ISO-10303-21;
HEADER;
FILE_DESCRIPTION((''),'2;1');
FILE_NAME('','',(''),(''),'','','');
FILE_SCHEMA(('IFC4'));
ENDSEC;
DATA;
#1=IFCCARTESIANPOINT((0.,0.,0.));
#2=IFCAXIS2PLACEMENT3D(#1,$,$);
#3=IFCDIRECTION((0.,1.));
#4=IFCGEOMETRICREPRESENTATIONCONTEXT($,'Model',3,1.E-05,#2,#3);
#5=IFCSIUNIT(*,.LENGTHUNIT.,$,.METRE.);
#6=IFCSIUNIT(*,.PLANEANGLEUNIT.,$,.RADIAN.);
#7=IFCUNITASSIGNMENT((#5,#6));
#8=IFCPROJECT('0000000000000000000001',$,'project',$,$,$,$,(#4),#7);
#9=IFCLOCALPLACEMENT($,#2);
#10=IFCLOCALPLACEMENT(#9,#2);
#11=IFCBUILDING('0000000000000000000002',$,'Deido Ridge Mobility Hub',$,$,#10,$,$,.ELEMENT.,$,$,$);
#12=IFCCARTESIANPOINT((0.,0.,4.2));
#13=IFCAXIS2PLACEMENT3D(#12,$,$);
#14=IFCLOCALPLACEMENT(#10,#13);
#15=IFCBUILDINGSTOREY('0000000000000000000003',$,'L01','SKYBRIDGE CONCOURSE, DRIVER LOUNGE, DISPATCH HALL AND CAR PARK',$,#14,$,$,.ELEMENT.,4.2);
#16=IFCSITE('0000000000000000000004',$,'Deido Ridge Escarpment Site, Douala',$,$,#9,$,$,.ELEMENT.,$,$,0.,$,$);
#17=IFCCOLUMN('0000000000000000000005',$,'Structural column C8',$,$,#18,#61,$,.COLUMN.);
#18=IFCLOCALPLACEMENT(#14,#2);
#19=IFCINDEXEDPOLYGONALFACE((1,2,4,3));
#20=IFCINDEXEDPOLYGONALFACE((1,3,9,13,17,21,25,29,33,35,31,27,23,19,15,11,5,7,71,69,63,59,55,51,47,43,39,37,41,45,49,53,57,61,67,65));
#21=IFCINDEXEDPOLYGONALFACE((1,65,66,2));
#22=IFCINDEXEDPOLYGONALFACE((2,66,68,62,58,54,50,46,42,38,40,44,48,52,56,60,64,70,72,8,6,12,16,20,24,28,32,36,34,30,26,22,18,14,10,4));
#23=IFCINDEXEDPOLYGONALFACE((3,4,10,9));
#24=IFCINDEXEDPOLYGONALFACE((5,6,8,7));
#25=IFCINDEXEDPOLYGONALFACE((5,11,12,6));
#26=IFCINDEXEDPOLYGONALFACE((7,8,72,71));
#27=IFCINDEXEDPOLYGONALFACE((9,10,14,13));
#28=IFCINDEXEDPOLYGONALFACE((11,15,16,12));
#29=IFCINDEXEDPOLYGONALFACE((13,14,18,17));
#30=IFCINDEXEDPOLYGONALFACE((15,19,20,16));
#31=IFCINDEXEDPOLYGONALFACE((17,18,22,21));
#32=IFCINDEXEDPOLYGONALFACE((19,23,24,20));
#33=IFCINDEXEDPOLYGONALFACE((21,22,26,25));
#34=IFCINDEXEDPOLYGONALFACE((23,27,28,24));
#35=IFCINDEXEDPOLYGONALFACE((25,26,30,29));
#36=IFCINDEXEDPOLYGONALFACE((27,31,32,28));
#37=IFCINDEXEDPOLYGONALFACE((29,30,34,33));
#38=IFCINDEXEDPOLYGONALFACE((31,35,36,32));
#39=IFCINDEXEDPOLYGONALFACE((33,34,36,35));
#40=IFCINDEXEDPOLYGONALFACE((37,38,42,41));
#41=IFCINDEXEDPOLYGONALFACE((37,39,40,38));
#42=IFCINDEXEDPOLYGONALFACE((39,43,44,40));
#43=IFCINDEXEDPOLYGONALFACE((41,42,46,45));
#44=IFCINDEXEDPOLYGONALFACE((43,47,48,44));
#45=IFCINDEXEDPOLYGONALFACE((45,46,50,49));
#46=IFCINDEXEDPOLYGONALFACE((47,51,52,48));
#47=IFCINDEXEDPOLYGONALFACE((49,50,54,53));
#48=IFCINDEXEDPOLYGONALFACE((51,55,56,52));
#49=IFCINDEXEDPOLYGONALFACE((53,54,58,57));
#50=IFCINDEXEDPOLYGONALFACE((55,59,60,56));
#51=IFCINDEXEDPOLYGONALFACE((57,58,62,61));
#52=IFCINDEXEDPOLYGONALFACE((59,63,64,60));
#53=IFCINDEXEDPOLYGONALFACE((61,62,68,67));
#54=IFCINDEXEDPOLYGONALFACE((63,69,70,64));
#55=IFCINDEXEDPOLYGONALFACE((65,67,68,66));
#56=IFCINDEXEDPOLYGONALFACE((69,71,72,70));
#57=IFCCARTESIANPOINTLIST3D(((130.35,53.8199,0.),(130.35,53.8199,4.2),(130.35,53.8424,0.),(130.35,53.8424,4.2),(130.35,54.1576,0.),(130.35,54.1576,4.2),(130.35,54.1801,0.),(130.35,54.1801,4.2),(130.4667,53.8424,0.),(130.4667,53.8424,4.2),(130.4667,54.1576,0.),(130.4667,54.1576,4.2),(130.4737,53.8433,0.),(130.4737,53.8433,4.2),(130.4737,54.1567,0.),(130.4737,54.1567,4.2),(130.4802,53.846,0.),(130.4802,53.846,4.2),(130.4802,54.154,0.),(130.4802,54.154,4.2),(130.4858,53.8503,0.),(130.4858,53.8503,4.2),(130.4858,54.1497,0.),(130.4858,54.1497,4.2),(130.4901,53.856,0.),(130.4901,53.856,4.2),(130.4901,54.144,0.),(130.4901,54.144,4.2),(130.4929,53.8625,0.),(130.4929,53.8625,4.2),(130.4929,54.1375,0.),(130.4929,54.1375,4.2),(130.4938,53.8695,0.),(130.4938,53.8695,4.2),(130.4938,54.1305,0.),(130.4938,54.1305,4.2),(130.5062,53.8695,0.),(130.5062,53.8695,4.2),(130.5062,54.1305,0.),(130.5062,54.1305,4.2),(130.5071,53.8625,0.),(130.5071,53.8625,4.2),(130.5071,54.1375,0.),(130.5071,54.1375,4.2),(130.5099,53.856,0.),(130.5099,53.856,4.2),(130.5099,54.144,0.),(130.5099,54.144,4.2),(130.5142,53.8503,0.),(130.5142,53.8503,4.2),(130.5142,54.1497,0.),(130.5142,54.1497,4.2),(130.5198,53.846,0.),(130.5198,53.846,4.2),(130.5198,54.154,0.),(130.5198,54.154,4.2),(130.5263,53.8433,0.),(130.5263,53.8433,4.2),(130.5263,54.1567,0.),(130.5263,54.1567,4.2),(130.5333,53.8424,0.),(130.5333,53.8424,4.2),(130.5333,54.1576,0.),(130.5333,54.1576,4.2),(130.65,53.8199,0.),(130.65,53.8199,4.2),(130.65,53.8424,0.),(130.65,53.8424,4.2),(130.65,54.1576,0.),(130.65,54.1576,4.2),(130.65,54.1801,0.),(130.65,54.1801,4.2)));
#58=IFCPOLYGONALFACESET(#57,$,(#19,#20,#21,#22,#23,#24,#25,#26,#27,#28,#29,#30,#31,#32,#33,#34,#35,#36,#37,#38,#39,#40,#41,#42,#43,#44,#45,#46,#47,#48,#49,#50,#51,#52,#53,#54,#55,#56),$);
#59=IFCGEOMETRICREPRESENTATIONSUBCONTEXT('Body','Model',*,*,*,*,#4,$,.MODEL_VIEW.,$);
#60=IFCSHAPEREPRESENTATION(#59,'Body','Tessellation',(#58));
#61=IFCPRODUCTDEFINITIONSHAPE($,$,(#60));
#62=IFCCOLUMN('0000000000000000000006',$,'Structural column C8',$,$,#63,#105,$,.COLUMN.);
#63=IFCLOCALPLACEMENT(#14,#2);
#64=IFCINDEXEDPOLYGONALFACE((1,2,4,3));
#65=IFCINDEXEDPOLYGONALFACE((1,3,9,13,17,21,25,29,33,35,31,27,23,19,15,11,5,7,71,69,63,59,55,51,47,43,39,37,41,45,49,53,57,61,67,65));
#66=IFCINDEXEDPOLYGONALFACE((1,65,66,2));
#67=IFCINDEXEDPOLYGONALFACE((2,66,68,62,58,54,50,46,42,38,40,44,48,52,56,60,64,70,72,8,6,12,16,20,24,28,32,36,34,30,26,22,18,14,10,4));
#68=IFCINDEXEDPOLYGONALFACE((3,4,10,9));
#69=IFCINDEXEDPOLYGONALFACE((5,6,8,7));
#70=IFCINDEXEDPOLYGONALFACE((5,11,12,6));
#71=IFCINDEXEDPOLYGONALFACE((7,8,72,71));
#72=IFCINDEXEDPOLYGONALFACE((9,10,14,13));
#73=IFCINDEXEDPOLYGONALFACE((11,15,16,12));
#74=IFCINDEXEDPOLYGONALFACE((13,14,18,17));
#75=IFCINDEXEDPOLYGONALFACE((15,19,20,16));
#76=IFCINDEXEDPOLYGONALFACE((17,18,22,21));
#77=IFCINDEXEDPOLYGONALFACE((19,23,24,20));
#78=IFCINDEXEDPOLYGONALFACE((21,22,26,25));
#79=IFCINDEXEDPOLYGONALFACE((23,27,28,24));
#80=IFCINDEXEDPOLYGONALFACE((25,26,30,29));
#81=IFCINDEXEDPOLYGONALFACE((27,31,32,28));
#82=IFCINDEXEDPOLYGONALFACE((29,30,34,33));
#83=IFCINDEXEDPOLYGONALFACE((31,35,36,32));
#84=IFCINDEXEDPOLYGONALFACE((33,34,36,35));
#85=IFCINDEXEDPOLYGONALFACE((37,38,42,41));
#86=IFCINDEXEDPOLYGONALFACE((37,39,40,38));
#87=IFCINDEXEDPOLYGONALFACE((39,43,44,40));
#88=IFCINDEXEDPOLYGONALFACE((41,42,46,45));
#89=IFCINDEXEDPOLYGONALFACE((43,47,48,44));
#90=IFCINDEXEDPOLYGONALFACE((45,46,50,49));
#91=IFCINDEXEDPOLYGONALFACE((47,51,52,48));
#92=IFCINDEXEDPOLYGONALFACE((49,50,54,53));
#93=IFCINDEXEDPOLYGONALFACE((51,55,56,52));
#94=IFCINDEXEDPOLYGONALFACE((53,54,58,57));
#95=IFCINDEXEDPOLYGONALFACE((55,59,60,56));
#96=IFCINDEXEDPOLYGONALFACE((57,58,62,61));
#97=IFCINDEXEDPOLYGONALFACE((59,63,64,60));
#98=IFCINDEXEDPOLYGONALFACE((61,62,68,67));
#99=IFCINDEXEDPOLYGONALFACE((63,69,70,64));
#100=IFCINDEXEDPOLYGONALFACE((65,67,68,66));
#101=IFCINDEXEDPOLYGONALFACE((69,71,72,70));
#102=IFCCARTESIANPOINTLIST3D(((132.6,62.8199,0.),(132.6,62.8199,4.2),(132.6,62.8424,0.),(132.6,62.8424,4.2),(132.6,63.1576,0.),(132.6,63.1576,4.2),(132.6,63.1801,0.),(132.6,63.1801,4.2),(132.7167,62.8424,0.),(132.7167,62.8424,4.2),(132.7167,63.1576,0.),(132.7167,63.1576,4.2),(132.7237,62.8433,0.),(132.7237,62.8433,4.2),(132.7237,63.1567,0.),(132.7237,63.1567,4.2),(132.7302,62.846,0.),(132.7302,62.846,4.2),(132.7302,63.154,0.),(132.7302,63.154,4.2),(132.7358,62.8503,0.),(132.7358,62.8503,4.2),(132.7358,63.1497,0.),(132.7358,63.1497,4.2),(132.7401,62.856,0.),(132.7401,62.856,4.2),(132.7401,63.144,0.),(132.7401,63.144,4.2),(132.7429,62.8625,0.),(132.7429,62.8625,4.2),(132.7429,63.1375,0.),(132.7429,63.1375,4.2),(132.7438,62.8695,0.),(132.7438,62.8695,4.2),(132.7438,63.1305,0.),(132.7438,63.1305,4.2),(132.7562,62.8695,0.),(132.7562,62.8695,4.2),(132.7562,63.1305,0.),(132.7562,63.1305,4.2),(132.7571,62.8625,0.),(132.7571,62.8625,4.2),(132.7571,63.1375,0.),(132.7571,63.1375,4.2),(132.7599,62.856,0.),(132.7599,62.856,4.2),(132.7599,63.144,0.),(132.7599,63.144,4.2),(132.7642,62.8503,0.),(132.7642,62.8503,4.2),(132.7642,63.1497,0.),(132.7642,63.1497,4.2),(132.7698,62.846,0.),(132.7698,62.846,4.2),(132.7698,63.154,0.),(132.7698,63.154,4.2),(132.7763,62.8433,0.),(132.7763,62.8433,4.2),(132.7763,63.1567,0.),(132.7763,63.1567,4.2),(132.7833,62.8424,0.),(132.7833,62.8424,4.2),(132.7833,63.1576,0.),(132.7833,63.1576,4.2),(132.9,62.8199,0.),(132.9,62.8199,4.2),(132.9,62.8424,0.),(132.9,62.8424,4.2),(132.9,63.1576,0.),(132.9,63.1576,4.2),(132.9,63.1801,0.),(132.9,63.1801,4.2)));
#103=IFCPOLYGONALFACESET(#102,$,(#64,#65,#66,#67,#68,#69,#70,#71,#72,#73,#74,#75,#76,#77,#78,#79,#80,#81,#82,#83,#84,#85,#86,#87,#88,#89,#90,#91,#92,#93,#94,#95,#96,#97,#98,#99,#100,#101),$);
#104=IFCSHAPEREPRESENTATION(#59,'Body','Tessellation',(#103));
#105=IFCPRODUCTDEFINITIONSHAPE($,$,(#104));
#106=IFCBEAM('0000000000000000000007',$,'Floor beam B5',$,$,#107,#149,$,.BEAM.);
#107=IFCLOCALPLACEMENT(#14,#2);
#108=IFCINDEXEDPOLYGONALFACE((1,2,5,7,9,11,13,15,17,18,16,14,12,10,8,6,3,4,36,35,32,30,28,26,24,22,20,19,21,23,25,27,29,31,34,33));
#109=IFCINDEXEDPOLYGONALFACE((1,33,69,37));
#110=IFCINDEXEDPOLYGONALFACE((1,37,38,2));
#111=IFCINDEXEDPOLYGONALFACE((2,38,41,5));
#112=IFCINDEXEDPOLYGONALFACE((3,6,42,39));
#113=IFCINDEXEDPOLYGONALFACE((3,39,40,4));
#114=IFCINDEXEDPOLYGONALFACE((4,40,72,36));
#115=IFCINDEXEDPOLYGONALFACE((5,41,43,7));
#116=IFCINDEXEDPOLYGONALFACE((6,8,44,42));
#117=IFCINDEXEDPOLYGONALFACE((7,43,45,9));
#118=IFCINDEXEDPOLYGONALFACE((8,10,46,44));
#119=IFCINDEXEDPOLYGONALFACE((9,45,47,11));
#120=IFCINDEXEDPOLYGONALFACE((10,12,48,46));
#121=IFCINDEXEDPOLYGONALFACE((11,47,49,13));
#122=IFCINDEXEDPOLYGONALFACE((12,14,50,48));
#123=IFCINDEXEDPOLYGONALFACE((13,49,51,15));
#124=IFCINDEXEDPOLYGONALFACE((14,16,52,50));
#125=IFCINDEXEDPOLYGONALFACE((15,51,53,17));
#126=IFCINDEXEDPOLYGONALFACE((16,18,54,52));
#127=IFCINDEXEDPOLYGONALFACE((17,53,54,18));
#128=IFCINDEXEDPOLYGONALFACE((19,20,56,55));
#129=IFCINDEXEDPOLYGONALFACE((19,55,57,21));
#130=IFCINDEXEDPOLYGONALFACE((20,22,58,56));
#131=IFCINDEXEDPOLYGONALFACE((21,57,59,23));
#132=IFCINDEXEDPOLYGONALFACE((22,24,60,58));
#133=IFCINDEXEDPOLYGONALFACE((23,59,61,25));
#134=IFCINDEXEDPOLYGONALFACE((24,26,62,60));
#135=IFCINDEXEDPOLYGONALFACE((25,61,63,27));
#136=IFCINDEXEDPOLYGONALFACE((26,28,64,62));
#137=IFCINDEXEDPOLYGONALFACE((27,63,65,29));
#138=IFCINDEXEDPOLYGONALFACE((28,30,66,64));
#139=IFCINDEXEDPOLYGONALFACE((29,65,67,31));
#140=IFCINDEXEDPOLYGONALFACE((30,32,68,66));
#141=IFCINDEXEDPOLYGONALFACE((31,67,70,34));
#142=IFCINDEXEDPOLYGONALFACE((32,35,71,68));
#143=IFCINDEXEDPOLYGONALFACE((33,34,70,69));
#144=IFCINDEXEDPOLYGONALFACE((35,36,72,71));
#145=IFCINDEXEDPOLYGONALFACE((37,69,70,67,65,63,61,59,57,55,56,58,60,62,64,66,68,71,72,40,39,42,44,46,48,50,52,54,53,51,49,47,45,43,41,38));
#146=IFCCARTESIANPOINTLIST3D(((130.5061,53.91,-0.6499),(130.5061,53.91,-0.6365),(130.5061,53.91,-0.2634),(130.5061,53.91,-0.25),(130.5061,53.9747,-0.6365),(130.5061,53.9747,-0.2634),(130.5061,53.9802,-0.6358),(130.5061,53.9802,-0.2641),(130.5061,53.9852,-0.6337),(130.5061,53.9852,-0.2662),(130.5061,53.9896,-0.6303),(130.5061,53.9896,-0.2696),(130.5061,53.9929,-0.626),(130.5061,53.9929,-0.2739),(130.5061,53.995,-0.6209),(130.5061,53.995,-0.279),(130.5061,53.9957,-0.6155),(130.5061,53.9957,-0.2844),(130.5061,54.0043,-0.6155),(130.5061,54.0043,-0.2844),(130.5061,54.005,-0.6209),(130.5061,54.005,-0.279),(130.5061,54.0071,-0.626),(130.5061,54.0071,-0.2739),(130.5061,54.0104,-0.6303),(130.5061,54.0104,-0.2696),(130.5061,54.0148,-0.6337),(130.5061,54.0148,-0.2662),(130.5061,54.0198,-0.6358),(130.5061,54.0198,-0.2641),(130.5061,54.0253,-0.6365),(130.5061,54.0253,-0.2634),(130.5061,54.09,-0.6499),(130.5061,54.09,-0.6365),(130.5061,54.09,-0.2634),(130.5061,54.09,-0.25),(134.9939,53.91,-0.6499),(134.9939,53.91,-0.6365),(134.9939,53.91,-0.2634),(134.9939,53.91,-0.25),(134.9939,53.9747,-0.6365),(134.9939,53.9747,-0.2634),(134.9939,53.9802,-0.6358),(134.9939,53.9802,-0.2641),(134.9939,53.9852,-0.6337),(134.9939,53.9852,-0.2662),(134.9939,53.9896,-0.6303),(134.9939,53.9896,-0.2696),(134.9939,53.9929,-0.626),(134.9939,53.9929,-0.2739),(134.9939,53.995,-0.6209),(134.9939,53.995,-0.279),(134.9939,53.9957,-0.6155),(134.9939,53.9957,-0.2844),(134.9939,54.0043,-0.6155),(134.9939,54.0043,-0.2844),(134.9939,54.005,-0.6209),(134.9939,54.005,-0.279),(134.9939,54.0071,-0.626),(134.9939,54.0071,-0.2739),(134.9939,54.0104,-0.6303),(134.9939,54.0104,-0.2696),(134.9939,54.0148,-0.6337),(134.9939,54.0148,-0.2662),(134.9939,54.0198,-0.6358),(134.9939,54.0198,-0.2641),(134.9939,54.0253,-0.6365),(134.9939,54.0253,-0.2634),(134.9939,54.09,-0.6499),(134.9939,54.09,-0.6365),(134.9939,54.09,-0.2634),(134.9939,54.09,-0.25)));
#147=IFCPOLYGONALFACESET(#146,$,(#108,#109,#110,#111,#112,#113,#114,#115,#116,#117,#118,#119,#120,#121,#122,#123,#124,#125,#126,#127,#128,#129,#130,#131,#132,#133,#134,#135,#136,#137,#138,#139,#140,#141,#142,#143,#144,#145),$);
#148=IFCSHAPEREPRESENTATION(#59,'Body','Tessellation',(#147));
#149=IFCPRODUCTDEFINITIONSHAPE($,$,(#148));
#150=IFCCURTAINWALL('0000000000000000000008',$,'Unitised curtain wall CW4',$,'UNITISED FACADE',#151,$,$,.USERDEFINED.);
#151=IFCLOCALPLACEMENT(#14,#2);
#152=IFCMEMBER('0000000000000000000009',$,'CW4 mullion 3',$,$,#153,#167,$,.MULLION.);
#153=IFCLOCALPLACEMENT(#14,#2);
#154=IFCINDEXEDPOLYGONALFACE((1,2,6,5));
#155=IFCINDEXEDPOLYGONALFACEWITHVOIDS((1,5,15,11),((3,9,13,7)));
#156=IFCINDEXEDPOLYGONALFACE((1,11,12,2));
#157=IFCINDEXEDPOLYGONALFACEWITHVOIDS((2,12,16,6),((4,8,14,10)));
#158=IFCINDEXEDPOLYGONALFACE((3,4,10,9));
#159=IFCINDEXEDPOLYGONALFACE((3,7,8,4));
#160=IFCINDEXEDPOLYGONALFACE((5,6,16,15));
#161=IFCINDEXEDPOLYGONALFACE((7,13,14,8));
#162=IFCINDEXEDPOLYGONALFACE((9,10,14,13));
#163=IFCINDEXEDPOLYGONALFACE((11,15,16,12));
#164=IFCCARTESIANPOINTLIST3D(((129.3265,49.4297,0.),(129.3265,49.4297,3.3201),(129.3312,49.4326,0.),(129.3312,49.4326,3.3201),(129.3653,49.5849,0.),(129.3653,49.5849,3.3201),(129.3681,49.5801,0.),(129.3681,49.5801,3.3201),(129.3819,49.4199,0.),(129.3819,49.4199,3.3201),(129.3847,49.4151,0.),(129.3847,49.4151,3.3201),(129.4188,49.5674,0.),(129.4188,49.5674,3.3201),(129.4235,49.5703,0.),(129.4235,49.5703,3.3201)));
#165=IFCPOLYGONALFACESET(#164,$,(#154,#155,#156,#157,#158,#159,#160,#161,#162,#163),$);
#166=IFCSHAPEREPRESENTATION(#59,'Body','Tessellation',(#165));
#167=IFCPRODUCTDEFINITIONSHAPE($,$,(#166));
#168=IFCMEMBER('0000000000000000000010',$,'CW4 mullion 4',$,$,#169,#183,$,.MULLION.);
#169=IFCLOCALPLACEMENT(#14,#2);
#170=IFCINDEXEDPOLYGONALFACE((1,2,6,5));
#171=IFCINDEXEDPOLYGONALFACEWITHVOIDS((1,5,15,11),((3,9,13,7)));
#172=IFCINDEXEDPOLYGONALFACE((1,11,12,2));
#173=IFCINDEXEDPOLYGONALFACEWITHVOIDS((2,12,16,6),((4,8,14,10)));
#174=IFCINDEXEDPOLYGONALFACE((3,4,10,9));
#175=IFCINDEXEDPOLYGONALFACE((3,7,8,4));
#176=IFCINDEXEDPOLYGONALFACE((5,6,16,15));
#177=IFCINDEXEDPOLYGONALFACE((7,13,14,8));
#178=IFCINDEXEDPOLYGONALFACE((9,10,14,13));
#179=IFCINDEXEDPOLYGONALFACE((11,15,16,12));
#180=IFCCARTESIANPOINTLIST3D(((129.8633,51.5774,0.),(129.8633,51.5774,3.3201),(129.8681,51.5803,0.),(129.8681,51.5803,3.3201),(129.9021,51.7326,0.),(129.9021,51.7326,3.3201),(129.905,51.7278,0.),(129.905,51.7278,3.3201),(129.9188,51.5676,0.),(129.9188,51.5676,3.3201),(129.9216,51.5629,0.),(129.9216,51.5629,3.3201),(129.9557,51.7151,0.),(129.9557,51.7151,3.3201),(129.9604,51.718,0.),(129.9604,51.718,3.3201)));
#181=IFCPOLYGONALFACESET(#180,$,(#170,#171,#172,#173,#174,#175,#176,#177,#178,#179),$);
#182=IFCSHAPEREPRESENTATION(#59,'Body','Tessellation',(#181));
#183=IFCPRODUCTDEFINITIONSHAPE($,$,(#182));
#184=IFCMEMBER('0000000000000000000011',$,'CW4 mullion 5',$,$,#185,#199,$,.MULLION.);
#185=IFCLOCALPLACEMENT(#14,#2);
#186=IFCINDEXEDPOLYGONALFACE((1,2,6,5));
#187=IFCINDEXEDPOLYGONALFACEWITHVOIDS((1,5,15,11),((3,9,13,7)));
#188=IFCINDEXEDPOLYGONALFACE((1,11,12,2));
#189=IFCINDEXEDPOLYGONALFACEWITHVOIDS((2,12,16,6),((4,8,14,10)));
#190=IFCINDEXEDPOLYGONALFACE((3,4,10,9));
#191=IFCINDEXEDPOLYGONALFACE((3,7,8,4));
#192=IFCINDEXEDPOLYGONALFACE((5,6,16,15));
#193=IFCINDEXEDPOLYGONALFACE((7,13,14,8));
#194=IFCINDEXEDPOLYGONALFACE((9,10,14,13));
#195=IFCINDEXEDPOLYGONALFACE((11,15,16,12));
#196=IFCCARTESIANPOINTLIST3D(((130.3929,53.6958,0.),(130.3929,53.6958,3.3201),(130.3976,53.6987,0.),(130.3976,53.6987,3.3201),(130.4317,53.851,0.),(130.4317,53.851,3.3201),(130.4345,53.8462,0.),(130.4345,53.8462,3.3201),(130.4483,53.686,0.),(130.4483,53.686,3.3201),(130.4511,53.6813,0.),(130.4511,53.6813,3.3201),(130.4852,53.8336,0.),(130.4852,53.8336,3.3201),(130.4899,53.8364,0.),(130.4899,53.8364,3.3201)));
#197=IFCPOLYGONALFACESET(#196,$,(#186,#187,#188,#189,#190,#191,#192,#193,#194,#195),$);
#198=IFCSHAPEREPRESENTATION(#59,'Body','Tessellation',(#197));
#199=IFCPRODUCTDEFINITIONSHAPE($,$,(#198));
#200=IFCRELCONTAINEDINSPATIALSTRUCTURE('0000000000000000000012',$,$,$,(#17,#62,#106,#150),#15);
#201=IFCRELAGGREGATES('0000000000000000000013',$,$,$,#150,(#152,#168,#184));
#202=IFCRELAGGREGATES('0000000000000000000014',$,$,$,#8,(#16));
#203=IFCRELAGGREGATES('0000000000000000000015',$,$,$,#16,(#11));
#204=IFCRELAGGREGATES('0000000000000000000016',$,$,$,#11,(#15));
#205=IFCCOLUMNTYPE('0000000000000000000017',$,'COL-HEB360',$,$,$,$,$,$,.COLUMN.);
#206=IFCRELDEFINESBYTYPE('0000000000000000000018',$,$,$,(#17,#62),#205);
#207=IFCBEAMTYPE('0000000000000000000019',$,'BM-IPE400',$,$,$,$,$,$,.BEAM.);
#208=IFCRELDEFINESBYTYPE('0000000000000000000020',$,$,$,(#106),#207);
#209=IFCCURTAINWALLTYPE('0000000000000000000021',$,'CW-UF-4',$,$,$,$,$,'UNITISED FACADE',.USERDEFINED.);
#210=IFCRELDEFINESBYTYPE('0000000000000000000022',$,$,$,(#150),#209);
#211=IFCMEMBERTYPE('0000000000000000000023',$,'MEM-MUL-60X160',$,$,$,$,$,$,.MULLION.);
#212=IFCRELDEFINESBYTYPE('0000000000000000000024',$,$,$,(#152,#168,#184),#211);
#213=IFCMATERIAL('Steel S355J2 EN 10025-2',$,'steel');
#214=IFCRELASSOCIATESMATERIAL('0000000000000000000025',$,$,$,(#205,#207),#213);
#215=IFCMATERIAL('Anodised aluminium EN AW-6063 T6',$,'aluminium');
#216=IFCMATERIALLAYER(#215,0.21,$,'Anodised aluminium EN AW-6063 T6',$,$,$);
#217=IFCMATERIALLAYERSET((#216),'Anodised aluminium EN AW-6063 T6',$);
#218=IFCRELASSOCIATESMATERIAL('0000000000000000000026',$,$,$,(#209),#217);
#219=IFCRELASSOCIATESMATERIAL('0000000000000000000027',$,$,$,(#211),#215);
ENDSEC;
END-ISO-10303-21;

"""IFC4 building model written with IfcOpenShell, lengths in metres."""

from ifc_helpers import new_model, si_unit, direction, frame, origin, origin_2d, place, context, subcontext, project, spatial, hollow_rectangle, i_section, extrude, material, layer, layer_set, material_profile, profile_set, type_object, element, aggregate, save


model = new_model("IFC4")

# Units and contexts
model_context = context("Model", 3, precision=1e-05, world=origin(), true_north=direction((0.0, 1.0)))
body_context = subcontext(model_context, "Body", "Model", "MODEL_VIEW")
ifc_project = project(units=[si_unit("LENGTHUNIT", "METRE"), si_unit("PLANEANGLEUNIT", "RADIAN")], contexts=[model_context])

# Site, building, storey
site_placement = place(None, origin())
site = spatial("IfcSite", under=ifc_project, at=site_placement, Name="Deido Ridge Escarpment Site, Douala", CompositionType="ELEMENT", RefElevation=0.0)
building_placement = place(site_placement, origin())
building = spatial("IfcBuilding", under=site, at=building_placement, Name="Deido Ridge Mobility Hub", CompositionType="ELEMENT")
storey_placement = place(building_placement, frame((0.0, 0.0, 4.2)))
storey = spatial("IfcBuildingStorey", under=building, at=storey_placement, Name="L01", Description="SKYBRIDGE CONCOURSE, DRIVER LOUNGE, DISPATCH HALL AND CAR PARK", CompositionType="ELEMENT", Elevation=4.2)

# Columns
ifc_material_1 = material(Name="Steel S355J2 EN 10025-2", Category="steel")
ifc_material_profile_1 = material_profile(ifc_material_1, i_section(OverallWidth=0.3, OverallDepth=0.3601, WebThickness=0.0125, FlangeThickness=0.0225, FilletRadius=0.0271, at=origin_2d()), Name="HEB 360")
ifc_profile_set_1 = profile_set([ifc_material_profile_1], Name="Steel S355J2 EN 10025-2")
column_type = type_object("IfcColumnType", Name="COL-HEB360", PredefinedType="COLUMN", material=ifc_profile_set_1)
for number, where, z_axis, x_axis, name in (
    (1, (130.5, 54.0, 0.0), (0.0, 0.0, 1.0), (1.0, 0.0, 0.0), "Structural column C8"),
    (2, (132.75, 63.0, 0.0), (0.0, 0.0, 1.0), (1.0, 0.0, 0.0), "Structural column C8"),
):
    element("IfcColumn", number, at=place(storey_placement, frame(where, z_axis=z_axis, x_axis=x_axis)), inside=storey, type_object=column_type, Name=name, PredefinedType="COLUMN", context=body_context, shape_type="SweptSolid", body=[
        extrude(i_section(OverallWidth=0.3, OverallDepth=0.3601, WebThickness=0.0125, FlangeThickness=0.0225, FilletRadius=0.0271, at=origin_2d()), origin(), (0.0, 0.0, 1.0), 4.2),
    ])

# Beam
ifc_material_profile_2 = material_profile(ifc_material_1, i_section(OverallWidth=0.1799, OverallDepth=0.3999, WebThickness=0.0085, FlangeThickness=0.0134, FilletRadius=0.021, at=origin_2d()), Name="IPE 400")
ifc_profile_set_2 = profile_set([ifc_material_profile_2], Name="Steel S355J2 EN 10025-2")
beam_type = type_object("IfcBeamType", Name="BM-IPE400", PredefinedType="BEAM", material=ifc_profile_set_2)
beam_placement = place(storey_placement, frame((130.5061, 54.0, -0.45), z_axis=(1.0, 0.0, 0.0), x_axis=(0.0, 1.0, 0.0)))
element("IfcBeam", 3, at=beam_placement, inside=storey, type_object=beam_type, Name="Floor beam B5", PredefinedType="BEAM", context=body_context, shape_type="SweptSolid", body=[
    extrude(i_section(OverallWidth=0.1799, OverallDepth=0.3999, WebThickness=0.0085, FlangeThickness=0.0134, FilletRadius=0.021, at=origin_2d()), origin(), (0.0, 0.0, 1.0), 4.4878),
])

# Curtain wall, members
ifc_material_2 = material(Name="Anodised aluminium EN AW-6063 T6", Category="aluminium")
ifc_layer_1 = layer(ifc_material_2, 0.21, Name="Anodised aluminium EN AW-6063 T6")
ifc_layer_set_1 = layer_set([ifc_layer_1], Name="Anodised aluminium EN AW-6063 T6")
curtain_wall_type = type_object("IfcCurtainWallType", Name="CW-UF-4", ElementType="UNITISED FACADE", PredefinedType="USERDEFINED", material=ifc_layer_set_1)
curtain_wall_placement = place(storey_placement, origin())
curtain_wall = element("IfcCurtainWall", 4, at=curtain_wall_placement, inside=storey, type_object=curtain_wall_type, Name="Unitised curtain wall CW4", ObjectType="UNITISED FACADE", PredefinedType="USERDEFINED")
ifc_material_profile_3 = material_profile(ifc_material_2, hollow_rectangle(XDim=0.0601, YDim=0.1599, WallThickness=0.0039, at=origin_2d()), Name="RHS 60x160x4")
ifc_profile_set_3 = profile_set([ifc_material_profile_3], Name="Anodised aluminium EN AW-6063 T6")
member_type_1 = type_object("IfcMemberType", Name="MEM-MUL-60X160", PredefinedType="MULLION", material=ifc_profile_set_3)
member_1_placement = place(storey_placement, frame((129.375, 49.5, 0.0), z_axis=(0.0, 0.0, 1.0), x_axis=(-0.970144, 0.24253, 0.0)))
member_1 = element("IfcMember", 5, at=member_1_placement, type_object=member_type_1, Name="CW4 mullion 3", PredefinedType="MULLION", context=body_context, shape_type="SweptSolid", body=[
    extrude(hollow_rectangle(XDim=0.0601, YDim=0.1599, WallThickness=0.0039, at=origin_2d()), origin(), (0.0, 0.0, 1.0), 3.3201),
])
member_2_placement = place(storey_placement, frame((129.9119, 51.6477, 0.0), z_axis=(0.0, 0.0, 1.0), x_axis=(-0.970144, 0.24253, 0.0)))
member_2 = element("IfcMember", 6, at=member_2_placement, type_object=member_type_1, Name="CW4 mullion 4", PredefinedType="MULLION", context=body_context, shape_type="SweptSolid", body=[
    extrude(hollow_rectangle(XDim=0.0601, YDim=0.1599, WallThickness=0.0039, at=origin_2d()), origin(), (0.0, 0.0, 1.0), 3.3201),
])
member_3_placement = place(storey_placement, frame((130.4414, 53.7661, 0.0), z_axis=(0.0, 0.0, 1.0), x_axis=(-0.970144, 0.24253, 0.0)))
member_3 = element("IfcMember", 7, at=member_3_placement, type_object=member_type_1, Name="CW4 mullion 5", PredefinedType="MULLION", context=body_context, shape_type="SweptSolid", body=[
    extrude(hollow_rectangle(XDim=0.0601, YDim=0.1599, WallThickness=0.0039, at=origin_2d()), origin(), (0.0, 0.0, 1.0), 3.3201),
])
aggregate(curtain_wall, [member_1, member_2, member_3])

save(model, "model.ifc")
